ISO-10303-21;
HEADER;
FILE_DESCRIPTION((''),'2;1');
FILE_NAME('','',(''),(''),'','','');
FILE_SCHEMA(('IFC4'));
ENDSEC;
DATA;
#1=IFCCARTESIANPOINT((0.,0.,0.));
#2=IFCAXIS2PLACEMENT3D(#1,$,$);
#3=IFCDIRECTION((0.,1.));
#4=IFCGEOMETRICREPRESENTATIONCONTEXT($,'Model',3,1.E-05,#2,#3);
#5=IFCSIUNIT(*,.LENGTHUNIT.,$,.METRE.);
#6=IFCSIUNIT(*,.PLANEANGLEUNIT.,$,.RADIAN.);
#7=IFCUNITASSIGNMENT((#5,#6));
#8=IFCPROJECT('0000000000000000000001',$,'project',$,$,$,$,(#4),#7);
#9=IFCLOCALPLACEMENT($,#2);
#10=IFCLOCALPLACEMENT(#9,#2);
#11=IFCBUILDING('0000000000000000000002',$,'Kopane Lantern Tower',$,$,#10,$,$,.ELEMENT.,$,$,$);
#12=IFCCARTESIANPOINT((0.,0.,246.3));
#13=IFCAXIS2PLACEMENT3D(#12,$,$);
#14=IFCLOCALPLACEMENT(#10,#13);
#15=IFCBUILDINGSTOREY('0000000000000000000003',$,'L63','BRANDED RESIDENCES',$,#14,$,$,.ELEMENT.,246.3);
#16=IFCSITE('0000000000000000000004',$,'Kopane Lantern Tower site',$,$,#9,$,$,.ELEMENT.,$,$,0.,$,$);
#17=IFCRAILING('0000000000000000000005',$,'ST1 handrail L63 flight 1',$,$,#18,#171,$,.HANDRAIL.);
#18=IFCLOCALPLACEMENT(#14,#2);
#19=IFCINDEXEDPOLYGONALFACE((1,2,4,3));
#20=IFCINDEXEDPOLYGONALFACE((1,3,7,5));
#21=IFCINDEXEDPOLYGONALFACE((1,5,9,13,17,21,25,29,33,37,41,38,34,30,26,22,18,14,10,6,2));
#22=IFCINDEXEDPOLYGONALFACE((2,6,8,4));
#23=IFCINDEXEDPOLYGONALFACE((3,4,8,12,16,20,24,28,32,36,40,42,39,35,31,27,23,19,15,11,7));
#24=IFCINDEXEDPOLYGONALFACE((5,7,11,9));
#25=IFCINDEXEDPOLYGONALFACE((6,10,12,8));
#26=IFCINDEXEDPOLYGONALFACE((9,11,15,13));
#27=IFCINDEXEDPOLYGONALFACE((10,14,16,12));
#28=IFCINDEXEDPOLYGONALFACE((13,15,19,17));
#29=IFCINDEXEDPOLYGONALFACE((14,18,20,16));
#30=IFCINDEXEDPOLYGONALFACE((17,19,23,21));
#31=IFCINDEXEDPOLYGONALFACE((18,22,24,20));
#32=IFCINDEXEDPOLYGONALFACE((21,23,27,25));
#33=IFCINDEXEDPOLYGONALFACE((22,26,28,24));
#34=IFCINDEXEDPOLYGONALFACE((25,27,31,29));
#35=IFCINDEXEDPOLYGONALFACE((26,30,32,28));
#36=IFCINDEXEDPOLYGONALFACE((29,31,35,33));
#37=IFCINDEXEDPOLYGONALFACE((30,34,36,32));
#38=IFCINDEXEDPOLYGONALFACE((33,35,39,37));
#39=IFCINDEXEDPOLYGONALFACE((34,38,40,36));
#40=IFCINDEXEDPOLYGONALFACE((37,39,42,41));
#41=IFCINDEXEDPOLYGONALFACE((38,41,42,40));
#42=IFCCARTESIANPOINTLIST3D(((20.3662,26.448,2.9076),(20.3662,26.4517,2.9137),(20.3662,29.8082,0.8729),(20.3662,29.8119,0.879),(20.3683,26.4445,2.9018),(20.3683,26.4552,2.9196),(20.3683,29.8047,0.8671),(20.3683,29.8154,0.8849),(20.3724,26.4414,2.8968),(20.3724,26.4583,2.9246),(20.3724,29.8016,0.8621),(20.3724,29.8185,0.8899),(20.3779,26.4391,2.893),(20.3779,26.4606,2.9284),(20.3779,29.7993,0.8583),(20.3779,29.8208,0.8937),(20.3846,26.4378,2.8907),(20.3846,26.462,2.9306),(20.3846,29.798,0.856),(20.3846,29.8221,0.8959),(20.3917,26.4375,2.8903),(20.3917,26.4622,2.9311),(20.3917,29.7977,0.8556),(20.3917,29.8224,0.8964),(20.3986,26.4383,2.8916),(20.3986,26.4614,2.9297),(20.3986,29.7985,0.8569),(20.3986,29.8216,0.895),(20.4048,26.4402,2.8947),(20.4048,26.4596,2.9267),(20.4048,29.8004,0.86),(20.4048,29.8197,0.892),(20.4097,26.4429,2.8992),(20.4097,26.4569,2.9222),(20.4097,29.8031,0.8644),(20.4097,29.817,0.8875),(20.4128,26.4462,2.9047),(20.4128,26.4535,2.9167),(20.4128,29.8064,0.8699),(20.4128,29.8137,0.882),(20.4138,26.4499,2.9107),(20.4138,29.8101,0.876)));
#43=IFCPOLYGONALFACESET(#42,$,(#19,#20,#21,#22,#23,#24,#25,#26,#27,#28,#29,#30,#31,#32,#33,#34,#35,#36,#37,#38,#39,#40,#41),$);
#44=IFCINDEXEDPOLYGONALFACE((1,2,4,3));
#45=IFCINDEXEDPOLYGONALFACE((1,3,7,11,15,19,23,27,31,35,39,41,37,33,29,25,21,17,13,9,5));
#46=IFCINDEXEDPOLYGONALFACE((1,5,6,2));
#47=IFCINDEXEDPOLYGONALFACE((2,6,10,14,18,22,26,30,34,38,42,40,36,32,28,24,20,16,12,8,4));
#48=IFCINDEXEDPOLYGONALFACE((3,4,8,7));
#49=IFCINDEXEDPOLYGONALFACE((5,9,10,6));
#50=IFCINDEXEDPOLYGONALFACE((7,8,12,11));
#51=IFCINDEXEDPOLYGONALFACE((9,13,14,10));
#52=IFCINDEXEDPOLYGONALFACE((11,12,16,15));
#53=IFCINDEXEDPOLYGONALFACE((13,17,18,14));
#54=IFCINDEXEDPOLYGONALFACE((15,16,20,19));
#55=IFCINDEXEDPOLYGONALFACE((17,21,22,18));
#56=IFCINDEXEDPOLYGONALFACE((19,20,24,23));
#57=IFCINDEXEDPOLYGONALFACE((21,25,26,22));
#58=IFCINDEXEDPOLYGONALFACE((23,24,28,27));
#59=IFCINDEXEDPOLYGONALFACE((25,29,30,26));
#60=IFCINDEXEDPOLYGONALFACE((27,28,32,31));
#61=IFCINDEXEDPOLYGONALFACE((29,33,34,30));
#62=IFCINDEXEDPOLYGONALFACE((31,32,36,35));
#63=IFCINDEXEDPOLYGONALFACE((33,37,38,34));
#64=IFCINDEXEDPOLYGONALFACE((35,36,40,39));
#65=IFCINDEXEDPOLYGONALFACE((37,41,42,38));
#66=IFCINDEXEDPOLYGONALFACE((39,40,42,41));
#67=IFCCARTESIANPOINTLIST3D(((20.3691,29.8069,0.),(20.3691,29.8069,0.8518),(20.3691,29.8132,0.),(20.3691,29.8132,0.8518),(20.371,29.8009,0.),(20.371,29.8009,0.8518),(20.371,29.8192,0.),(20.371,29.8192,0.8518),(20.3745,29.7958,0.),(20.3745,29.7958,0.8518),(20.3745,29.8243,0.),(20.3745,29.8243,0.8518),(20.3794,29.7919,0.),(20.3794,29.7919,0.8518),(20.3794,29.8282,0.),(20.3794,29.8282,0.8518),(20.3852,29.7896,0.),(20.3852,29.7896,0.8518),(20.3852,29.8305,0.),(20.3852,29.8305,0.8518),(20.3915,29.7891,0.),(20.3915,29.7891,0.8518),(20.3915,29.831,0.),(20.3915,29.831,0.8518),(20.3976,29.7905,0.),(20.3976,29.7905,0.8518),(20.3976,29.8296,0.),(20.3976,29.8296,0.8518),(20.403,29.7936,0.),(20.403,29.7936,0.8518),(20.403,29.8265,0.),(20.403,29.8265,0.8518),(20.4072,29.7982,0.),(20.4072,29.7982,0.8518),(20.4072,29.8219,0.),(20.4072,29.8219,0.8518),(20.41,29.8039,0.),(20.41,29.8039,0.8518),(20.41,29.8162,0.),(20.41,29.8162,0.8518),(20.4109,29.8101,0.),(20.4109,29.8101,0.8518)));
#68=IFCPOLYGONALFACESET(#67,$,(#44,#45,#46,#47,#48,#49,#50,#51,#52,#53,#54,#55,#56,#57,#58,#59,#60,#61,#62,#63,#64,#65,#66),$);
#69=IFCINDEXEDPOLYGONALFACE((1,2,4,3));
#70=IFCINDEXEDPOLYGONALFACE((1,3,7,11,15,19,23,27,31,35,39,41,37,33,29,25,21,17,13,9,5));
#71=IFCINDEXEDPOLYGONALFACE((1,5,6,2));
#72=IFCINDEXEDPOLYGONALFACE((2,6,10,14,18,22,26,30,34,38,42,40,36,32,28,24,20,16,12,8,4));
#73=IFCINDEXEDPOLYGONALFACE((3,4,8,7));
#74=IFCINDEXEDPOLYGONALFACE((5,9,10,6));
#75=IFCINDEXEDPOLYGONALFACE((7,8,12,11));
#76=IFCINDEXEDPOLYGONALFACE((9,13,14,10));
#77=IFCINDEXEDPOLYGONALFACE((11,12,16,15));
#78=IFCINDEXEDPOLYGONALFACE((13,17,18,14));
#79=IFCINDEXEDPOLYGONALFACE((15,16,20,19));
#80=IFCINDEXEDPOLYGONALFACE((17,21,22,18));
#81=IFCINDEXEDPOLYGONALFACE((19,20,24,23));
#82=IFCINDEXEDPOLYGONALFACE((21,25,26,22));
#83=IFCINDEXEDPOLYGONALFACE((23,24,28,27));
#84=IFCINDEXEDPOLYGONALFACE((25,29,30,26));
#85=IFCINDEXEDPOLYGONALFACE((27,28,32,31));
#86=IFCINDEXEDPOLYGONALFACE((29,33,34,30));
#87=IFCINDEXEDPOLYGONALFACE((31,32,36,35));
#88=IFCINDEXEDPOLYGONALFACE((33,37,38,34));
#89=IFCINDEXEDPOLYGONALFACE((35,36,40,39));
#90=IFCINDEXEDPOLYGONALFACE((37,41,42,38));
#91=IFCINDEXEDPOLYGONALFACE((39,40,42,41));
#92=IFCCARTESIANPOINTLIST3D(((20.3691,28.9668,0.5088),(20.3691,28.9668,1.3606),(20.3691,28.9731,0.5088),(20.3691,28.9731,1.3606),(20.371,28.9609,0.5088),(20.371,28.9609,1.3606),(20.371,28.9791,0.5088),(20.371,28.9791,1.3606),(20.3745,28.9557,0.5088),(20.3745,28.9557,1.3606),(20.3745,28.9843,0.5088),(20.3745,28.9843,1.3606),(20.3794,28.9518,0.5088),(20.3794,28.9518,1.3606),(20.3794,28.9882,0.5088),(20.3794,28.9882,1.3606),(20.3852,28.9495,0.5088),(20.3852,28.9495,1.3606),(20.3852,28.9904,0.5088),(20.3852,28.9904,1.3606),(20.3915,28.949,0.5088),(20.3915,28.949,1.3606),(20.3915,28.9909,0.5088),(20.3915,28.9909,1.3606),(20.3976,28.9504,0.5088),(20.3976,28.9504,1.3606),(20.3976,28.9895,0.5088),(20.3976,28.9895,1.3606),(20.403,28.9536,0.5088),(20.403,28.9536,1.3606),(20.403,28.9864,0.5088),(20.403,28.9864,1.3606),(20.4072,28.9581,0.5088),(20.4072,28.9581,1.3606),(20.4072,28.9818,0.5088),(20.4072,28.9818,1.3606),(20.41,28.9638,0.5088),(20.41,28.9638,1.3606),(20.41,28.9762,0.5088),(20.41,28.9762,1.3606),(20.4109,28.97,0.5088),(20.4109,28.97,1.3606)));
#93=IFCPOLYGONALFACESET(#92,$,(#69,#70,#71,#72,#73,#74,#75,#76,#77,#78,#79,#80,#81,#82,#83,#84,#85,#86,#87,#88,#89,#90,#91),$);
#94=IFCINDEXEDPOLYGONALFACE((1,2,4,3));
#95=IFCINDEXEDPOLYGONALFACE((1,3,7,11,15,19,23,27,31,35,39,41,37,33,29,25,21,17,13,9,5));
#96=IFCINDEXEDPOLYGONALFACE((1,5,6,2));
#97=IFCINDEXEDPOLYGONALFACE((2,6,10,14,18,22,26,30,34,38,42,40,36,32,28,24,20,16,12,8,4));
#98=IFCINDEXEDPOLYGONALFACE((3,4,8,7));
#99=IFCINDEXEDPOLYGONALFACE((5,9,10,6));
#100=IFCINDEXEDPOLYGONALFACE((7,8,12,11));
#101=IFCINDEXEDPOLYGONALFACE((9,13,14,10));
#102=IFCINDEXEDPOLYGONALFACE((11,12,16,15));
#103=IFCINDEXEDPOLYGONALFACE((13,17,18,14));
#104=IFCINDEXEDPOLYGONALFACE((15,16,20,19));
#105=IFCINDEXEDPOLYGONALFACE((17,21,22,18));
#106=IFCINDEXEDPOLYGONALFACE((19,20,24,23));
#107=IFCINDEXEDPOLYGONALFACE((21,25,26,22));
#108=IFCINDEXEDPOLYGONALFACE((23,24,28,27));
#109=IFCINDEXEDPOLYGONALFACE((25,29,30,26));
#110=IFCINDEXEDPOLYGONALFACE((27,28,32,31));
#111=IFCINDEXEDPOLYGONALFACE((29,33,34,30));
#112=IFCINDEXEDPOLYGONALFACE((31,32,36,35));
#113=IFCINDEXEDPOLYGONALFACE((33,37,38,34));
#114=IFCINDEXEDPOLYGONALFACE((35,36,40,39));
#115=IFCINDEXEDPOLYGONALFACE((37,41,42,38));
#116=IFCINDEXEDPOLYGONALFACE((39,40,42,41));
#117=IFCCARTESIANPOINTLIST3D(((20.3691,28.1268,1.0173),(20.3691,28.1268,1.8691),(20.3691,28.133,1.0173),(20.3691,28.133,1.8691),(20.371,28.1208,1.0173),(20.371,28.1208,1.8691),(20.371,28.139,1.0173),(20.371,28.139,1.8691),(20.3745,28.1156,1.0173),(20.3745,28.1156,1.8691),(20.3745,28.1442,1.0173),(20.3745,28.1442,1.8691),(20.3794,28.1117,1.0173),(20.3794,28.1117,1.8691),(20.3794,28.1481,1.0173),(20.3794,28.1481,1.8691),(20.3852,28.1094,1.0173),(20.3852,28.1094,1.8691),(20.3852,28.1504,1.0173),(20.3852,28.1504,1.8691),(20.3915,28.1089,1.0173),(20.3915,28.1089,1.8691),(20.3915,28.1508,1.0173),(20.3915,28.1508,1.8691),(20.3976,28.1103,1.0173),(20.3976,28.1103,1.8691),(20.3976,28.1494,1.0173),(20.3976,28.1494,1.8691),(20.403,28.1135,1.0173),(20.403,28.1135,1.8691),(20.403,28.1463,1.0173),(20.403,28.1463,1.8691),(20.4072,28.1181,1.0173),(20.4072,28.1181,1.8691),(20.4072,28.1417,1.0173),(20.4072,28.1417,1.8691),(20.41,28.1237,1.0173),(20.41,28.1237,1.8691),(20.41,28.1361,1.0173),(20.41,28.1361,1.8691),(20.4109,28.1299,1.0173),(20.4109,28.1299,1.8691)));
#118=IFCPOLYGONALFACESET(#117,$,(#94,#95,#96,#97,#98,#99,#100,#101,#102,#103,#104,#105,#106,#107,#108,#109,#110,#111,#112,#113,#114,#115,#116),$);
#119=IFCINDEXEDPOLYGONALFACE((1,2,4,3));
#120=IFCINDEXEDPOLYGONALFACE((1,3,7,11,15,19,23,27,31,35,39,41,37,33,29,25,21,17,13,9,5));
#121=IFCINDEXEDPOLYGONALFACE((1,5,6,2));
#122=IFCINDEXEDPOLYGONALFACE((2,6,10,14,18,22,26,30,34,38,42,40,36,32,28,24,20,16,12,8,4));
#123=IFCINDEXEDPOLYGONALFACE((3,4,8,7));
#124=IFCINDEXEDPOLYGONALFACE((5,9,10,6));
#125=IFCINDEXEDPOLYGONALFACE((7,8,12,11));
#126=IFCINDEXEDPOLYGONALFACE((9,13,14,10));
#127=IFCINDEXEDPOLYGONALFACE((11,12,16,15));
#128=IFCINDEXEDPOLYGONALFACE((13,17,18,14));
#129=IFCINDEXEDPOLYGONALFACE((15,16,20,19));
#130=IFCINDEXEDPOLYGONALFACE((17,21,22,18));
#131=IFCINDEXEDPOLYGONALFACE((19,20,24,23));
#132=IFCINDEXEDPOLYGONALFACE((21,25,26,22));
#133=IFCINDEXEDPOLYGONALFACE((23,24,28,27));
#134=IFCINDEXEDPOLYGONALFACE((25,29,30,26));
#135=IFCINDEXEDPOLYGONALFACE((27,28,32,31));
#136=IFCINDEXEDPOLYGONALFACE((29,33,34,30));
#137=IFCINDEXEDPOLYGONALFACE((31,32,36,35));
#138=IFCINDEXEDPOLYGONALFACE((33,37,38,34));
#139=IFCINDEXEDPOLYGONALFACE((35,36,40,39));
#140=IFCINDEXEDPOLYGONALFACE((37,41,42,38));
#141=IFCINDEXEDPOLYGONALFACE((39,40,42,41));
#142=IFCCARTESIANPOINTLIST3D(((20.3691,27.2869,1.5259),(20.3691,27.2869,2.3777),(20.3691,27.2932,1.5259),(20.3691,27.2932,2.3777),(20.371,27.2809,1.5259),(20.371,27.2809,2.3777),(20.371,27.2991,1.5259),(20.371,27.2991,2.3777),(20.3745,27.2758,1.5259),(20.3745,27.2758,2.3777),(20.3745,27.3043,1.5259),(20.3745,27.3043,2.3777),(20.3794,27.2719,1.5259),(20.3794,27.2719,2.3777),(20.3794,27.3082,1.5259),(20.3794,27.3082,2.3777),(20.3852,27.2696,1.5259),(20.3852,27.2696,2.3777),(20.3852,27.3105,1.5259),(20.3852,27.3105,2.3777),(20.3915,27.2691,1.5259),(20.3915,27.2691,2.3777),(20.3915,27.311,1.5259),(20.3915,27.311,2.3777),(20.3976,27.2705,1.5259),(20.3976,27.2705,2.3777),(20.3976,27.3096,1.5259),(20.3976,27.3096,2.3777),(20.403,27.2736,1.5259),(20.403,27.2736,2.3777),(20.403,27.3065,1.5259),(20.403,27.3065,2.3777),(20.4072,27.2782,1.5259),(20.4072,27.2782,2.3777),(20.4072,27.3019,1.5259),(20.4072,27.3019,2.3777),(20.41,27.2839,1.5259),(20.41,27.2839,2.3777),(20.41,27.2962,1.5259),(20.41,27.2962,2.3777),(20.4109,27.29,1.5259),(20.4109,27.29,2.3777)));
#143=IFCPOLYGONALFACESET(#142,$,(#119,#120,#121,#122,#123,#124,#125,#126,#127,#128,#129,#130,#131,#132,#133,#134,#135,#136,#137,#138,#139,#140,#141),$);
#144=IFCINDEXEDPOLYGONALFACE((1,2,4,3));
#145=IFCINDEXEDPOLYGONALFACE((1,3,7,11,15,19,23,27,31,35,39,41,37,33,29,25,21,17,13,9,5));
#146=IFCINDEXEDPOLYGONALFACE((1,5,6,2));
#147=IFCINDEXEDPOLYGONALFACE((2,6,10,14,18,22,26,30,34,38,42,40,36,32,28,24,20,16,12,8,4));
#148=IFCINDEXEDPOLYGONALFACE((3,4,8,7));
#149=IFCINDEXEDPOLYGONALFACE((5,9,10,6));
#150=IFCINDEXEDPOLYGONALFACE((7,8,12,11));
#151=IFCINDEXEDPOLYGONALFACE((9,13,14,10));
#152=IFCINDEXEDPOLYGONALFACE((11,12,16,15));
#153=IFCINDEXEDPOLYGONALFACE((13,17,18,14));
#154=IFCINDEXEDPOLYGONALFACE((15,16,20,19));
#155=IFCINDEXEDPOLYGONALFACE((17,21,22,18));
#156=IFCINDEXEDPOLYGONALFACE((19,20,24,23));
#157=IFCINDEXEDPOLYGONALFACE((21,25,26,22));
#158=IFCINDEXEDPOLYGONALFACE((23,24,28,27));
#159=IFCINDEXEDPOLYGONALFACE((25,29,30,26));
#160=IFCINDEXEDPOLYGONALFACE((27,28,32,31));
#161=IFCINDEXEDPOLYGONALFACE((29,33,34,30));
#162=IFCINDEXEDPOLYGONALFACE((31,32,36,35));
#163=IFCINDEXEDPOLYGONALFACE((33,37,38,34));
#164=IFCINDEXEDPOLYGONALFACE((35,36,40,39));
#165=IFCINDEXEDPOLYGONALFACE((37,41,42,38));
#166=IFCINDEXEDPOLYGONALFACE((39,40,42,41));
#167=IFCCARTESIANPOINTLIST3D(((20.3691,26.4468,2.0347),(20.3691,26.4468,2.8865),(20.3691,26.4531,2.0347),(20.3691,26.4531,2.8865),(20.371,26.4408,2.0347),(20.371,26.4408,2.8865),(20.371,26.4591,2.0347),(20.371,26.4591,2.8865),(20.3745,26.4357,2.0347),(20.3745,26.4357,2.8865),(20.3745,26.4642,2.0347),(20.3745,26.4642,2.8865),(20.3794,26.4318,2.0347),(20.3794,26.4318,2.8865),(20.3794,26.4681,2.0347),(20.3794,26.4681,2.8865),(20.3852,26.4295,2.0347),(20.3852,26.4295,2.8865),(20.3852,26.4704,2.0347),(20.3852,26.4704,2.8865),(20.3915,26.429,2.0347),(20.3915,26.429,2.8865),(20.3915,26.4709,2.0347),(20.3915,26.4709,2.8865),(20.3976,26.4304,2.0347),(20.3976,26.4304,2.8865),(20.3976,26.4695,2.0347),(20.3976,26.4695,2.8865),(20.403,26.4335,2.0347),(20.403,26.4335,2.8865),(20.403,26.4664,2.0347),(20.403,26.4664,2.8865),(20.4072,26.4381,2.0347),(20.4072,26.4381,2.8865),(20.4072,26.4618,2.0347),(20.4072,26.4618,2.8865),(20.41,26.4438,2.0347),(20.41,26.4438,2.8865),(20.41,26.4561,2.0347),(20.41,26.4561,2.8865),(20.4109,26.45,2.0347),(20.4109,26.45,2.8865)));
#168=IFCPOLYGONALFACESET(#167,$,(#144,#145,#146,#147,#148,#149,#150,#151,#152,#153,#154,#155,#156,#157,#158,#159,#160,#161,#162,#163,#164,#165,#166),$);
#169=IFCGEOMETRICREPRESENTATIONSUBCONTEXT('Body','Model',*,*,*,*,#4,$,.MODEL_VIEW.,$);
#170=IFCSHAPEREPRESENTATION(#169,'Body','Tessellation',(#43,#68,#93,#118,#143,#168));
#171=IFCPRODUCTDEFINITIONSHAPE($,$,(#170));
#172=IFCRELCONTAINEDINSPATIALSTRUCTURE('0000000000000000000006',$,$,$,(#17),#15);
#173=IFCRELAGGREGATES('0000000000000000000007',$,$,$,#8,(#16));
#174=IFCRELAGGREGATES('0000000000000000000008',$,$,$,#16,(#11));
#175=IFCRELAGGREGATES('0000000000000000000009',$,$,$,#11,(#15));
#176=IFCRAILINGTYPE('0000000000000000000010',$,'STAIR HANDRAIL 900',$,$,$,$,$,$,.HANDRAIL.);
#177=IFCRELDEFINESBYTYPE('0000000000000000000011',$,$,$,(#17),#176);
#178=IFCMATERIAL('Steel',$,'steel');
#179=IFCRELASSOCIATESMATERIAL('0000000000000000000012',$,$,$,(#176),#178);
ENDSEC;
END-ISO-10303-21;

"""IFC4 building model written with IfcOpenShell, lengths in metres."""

from ifc_helpers import new_model, si_unit, direction, frame, origin, origin_2d, place, context, subcontext, project, spatial, circle, extrude, material, type_object, element, save


model = new_model("IFC4")

# Units and contexts
model_context = context("Model", 3, precision=1e-05, world=origin(), true_north=direction((0.0, 1.0)))
body_context = subcontext(model_context, "Body", "Model", "MODEL_VIEW")
ifc_project = project(units=[si_unit("LENGTHUNIT", "METRE"), si_unit("PLANEANGLEUNIT", "RADIAN")], contexts=[model_context])

# Site, building, storey
site_placement = place(None, origin())
site = spatial("IfcSite", under=ifc_project, at=site_placement, Name="Kopane Lantern Tower site", CompositionType="ELEMENT", RefElevation=0.0)
building_placement = place(site_placement, origin())
building = spatial("IfcBuilding", under=site, at=building_placement, Name="Kopane Lantern Tower", CompositionType="ELEMENT")
storey_placement = place(building_placement, frame((0.0, 0.0, 246.3)))
storey = spatial("IfcBuildingStorey", under=building, at=storey_placement, Name="L63", Description="BRANDED RESIDENCES", CompositionType="ELEMENT", Elevation=246.3)

# Railing
ifc_material_1 = material(Name="Steel", Category="steel")
railing_type_1 = type_object("IfcRailingType", Name="STAIR HANDRAIL 900", PredefinedType="HANDRAIL", material=ifc_material_1)
for number, where, name in (
    (1, (20.3899, 29.8101, 0.0), "ST1 handrail L63 flight 1"),
):
    element("IfcRailing", number, at=place(storey_placement, frame(where)), inside=storey, type_object=railing_type_1, Name=name, PredefinedType="HANDRAIL", context=body_context, shape_type="SweptSolid", body=[
        extrude(circle(Radius=0.0239, at=origin_2d()), frame((0.0, 0.0, 0.876), z_axis=(0.0, -0.855396, 0.517974), x_axis=(1.0, 0.0, 0.0)), (0.0, 0.0, 1.0), 3.9282),
        extrude(circle(Radius=0.021, at=origin_2d()), origin(), (0.0, 0.0, 1.0), 0.8518),
        extrude(circle(Radius=0.021, at=origin_2d()), frame((0.0, -0.8401, 0.5088)), (0.0, 0.0, 1.0), 0.8518),
        extrude(circle(Radius=0.021, at=origin_2d()), frame((0.0, -1.6802, 1.0173)), (0.0, 0.0, 1.0), 0.8518),
        extrude(circle(Radius=0.021, at=origin_2d()), frame((0.0, -2.52, 1.5259)), (0.0, 0.0, 1.0), 0.8518),
        extrude(circle(Radius=0.021, at=origin_2d()), frame((0.0, -3.3601, 2.0347)), (0.0, 0.0, 1.0), 0.8518),
    ])

save(model, "model.ifc")
